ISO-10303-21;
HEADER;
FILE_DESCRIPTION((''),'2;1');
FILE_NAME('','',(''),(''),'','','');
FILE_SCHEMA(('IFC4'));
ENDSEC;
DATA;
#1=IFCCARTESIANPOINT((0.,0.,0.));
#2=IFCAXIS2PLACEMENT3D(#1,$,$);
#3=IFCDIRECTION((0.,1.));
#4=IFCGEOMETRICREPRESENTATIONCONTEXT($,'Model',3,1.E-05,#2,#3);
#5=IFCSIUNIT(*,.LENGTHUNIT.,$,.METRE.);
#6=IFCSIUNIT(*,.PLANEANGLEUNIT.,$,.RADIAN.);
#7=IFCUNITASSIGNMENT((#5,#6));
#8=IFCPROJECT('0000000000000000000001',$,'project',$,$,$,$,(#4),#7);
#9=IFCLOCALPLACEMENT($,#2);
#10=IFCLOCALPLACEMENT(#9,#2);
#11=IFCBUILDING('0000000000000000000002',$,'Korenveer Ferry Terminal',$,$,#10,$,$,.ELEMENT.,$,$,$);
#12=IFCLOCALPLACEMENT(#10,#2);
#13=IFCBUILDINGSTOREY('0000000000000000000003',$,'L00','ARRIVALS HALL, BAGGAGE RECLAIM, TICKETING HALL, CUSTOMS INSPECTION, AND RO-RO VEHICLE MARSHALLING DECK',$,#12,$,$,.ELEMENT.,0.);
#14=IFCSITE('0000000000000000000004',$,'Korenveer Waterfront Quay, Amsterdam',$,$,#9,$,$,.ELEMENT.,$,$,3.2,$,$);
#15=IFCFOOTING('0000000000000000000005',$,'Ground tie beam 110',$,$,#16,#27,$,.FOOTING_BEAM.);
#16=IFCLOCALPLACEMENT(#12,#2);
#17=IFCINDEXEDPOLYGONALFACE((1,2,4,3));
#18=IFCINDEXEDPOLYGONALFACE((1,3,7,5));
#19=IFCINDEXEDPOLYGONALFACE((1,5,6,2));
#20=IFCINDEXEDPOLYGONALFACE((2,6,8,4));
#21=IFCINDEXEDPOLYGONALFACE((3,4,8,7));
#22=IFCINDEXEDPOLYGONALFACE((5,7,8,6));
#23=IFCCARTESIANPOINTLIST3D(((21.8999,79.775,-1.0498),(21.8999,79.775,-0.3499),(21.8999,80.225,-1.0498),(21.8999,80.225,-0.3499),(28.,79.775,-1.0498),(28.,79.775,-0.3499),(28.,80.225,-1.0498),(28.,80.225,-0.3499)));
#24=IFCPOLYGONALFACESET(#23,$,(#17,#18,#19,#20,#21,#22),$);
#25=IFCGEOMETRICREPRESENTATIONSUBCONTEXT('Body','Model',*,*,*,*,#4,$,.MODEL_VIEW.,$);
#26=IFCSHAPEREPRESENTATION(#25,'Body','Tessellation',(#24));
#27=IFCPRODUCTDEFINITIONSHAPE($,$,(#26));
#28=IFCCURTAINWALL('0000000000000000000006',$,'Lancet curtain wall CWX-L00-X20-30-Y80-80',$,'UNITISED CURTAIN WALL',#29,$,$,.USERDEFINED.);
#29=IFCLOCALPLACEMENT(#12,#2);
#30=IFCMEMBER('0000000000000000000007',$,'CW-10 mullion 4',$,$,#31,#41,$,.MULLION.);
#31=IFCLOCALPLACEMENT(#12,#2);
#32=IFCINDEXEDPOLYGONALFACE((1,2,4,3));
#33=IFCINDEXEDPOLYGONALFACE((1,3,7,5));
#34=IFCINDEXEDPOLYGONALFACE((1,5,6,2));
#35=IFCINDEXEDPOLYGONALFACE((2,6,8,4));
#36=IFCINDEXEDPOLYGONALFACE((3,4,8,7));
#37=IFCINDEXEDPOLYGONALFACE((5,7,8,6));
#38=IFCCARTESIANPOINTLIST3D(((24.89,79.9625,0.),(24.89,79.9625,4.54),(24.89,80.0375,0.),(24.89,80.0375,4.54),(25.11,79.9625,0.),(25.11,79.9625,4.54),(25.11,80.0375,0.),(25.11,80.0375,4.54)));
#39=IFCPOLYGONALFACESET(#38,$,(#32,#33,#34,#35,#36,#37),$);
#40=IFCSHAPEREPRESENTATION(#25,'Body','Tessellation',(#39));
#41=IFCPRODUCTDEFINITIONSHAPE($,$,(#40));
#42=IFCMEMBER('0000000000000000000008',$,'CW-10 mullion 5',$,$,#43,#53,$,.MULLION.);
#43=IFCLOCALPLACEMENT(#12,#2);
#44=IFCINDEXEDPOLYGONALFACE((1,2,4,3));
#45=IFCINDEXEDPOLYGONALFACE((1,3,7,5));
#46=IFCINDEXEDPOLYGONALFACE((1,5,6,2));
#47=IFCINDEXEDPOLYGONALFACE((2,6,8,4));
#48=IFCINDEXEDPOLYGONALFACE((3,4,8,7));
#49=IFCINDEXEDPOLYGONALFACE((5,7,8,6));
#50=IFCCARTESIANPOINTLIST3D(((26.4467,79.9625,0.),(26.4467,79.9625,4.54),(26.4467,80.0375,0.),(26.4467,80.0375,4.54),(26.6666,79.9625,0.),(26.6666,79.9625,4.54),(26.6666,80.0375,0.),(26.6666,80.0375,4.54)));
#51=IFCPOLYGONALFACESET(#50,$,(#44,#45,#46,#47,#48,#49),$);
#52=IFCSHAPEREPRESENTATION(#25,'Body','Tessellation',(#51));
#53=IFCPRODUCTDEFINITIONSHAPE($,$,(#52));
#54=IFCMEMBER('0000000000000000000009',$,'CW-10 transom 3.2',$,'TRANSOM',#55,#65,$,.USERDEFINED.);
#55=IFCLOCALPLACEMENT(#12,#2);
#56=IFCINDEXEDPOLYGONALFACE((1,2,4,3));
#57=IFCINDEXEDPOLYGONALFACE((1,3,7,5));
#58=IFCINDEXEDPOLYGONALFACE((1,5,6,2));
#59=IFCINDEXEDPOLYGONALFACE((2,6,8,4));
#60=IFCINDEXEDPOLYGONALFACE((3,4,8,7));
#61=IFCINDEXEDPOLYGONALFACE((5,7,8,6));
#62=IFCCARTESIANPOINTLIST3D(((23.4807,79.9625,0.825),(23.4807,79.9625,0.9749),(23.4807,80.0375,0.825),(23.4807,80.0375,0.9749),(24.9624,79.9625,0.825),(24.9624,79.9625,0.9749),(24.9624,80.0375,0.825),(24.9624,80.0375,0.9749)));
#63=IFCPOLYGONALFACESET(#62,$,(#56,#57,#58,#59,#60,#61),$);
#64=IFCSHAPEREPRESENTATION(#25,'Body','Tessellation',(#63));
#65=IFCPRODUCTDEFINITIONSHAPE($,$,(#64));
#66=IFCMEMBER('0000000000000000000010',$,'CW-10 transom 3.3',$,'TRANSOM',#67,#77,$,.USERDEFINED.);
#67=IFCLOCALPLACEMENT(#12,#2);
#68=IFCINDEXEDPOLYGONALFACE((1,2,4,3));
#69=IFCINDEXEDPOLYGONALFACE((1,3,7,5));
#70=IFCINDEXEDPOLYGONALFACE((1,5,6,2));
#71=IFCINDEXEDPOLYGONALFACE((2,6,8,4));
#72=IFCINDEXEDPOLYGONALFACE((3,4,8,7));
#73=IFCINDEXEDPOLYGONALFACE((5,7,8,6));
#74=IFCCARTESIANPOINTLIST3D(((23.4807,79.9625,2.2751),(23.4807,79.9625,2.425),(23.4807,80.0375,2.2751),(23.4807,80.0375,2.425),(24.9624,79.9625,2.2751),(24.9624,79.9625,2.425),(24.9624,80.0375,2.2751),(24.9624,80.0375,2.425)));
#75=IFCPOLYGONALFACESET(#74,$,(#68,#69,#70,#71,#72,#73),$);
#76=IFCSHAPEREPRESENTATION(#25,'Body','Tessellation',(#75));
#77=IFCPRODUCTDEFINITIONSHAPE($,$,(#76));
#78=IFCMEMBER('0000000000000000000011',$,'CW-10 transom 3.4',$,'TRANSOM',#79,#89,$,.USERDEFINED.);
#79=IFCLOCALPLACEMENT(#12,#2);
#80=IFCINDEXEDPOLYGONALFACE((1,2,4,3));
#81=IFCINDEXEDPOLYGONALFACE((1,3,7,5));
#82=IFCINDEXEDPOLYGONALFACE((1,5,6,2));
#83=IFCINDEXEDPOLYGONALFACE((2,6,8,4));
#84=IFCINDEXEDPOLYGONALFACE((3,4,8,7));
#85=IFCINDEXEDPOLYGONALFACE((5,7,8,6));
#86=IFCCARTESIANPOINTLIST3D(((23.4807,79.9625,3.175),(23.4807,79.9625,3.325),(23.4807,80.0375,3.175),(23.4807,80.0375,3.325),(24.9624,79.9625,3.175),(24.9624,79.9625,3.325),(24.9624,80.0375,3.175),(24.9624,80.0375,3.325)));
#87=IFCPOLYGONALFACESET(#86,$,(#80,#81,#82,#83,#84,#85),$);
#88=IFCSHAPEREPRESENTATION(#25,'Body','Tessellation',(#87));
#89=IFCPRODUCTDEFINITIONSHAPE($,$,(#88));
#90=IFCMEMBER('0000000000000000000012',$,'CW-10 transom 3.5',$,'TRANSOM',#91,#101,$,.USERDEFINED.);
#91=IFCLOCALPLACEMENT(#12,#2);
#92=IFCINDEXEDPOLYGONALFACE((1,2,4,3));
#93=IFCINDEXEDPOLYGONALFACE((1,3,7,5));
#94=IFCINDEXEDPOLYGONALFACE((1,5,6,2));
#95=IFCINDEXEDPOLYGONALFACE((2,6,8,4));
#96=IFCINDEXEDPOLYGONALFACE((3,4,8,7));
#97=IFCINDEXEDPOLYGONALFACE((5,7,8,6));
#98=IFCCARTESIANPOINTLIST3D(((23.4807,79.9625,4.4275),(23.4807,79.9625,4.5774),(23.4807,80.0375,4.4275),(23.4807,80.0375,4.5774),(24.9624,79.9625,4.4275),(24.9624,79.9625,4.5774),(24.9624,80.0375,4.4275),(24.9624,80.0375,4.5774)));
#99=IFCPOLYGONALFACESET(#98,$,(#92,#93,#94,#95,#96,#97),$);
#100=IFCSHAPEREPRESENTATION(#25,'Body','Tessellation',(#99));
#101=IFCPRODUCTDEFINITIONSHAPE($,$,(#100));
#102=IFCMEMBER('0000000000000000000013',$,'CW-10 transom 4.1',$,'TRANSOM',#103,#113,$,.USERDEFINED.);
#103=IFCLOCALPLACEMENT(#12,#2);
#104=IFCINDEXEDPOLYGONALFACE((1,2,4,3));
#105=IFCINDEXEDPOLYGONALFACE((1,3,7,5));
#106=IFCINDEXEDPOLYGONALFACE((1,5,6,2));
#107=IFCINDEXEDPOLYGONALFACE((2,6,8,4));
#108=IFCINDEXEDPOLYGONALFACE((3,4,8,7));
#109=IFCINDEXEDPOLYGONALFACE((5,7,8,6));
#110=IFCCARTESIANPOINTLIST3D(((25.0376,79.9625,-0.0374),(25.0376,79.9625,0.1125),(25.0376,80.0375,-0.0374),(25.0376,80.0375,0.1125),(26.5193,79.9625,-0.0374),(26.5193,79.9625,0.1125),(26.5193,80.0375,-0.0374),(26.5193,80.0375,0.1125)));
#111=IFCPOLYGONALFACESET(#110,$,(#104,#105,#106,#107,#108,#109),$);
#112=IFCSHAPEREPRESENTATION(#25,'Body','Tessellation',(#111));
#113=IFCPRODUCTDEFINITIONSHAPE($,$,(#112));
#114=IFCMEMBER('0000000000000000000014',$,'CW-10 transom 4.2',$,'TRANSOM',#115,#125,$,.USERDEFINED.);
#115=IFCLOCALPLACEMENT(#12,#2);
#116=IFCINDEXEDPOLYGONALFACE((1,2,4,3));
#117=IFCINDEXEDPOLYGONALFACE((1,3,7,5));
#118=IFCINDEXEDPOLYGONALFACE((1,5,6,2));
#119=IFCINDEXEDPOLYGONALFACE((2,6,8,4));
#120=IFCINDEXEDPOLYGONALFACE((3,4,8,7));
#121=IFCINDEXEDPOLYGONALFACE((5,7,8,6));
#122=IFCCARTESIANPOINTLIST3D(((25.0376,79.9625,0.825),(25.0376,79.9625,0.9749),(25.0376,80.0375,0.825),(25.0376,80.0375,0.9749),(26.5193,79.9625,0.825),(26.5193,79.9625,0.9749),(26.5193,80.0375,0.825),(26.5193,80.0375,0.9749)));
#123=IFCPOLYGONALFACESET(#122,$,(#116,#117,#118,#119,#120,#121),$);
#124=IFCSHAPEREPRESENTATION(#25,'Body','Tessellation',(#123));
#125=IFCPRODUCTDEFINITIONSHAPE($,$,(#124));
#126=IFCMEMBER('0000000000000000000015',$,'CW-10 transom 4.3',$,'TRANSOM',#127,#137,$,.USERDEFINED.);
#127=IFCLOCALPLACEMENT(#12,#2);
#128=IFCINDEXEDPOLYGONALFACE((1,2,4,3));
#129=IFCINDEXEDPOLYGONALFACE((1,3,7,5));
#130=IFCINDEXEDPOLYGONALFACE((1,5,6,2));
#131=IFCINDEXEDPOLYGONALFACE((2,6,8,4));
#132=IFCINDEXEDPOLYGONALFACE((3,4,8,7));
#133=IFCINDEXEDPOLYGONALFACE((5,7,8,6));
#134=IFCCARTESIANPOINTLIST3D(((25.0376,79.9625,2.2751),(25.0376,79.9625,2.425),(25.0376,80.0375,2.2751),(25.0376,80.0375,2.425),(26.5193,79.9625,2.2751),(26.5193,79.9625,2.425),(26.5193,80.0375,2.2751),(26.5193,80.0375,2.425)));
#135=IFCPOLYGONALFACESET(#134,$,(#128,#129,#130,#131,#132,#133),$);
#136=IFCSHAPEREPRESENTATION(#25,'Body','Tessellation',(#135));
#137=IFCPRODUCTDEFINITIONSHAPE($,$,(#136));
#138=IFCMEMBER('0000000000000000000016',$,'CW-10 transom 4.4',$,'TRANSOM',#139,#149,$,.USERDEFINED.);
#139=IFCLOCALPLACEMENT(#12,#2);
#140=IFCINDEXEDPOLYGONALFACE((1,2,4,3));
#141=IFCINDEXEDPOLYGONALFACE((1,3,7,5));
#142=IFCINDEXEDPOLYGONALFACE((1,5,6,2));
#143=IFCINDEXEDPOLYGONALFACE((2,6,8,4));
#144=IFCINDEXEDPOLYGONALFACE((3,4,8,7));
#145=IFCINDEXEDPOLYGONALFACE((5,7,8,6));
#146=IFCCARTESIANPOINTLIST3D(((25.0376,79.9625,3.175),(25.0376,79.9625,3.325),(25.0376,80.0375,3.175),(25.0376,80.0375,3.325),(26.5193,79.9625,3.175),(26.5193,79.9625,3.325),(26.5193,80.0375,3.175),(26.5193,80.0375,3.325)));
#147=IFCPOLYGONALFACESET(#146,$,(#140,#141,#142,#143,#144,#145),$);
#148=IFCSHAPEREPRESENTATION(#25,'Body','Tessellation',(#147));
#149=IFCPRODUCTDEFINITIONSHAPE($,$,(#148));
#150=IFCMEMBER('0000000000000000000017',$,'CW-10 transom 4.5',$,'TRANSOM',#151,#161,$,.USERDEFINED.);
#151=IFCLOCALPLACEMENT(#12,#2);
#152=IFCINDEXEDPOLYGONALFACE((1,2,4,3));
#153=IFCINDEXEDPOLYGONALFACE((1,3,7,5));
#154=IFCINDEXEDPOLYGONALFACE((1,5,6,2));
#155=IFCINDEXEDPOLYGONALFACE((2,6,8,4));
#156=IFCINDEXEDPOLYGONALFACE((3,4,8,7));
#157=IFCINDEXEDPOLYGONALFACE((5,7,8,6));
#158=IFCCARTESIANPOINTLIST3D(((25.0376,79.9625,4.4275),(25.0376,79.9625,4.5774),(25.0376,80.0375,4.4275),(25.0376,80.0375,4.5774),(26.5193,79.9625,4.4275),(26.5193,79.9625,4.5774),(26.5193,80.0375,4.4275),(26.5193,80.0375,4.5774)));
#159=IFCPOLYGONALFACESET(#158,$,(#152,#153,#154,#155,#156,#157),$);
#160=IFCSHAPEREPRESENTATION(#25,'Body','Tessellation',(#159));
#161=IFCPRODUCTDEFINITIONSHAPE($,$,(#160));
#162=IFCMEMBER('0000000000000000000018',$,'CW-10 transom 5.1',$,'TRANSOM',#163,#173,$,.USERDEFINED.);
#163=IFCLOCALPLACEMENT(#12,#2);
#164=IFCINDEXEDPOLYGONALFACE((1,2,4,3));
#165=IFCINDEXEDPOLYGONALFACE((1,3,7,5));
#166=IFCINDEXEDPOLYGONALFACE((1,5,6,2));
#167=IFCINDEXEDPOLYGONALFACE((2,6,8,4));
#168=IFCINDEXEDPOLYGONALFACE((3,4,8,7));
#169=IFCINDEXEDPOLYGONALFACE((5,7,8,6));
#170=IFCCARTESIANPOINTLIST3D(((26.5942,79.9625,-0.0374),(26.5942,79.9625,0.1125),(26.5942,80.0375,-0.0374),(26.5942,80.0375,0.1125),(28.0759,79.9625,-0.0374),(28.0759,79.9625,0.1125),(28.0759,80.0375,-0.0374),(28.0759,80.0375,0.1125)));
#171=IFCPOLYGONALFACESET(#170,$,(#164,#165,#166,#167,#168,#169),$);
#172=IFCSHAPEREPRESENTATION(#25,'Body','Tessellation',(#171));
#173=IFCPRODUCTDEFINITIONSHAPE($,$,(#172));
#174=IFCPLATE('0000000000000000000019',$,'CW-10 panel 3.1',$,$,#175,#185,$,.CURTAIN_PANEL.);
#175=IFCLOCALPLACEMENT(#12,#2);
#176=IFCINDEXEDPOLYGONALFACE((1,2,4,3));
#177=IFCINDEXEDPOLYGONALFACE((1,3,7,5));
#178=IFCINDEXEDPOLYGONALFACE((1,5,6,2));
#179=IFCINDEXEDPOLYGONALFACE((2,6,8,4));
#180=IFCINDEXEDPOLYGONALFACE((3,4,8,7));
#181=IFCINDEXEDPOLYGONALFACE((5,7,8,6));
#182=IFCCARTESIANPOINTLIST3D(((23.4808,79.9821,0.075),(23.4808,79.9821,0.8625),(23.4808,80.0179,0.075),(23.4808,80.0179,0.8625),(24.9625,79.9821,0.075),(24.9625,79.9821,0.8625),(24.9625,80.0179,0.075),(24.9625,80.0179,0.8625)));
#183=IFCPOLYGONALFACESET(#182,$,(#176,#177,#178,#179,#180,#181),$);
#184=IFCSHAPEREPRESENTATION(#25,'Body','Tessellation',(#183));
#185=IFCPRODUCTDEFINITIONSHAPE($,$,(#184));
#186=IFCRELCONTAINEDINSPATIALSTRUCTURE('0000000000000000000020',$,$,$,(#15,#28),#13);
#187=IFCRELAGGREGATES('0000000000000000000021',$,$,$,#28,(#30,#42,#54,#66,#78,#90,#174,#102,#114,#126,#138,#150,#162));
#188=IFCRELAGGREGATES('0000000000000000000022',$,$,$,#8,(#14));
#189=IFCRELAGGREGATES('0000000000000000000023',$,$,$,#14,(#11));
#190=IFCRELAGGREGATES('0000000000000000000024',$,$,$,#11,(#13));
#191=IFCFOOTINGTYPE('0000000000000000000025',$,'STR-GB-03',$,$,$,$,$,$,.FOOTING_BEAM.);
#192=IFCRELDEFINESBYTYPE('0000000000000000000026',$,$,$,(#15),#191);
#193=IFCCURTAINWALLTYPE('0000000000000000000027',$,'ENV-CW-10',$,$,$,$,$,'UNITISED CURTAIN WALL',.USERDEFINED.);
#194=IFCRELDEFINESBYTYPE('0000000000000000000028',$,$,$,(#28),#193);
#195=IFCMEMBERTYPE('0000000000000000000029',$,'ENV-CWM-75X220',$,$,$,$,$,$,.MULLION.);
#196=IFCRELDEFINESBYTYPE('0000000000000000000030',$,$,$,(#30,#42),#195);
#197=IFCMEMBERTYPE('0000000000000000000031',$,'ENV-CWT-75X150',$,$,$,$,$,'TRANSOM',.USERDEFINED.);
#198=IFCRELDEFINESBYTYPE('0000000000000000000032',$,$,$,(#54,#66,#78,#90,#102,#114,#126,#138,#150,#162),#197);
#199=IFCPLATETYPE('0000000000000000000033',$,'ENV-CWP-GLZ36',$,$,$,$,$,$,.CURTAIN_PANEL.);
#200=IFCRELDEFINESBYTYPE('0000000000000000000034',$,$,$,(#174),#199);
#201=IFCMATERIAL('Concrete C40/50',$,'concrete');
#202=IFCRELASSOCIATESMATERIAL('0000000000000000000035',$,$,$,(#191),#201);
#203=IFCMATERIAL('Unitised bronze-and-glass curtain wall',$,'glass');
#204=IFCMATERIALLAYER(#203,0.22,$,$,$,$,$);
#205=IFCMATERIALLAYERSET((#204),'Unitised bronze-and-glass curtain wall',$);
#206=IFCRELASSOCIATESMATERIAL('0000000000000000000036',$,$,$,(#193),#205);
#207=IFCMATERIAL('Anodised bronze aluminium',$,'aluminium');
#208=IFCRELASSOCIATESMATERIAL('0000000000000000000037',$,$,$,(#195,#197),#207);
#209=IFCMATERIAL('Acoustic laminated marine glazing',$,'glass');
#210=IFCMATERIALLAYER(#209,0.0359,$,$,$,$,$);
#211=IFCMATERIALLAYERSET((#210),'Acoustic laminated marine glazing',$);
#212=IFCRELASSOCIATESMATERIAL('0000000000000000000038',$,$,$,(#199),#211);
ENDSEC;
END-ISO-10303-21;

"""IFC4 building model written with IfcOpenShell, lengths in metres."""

from ifc_helpers import new_model, si_unit, direction, frame, origin, origin_2d, place, context, subcontext, project, spatial, rectangle, extrude, material, layer, layer_set, material_profile, profile_set, type_object, element, aggregate, save


model = new_model("IFC4")

# Units and contexts
model_context = context("Model", 3, precision=1e-05, world=origin(), true_north=direction((0.0, 1.0)))
body_context = subcontext(model_context, "Body", "Model", "MODEL_VIEW")
ifc_project = project(units=[si_unit("LENGTHUNIT", "METRE"), si_unit("PLANEANGLEUNIT", "RADIAN")], contexts=[model_context])

# Site, building, storey
site_placement = place(None, origin())
site = spatial("IfcSite", under=ifc_project, at=site_placement, Name="Korenveer Waterfront Quay, Amsterdam", CompositionType="ELEMENT", RefElevation=3.2)
building_placement = place(site_placement, origin())
building = spatial("IfcBuilding", under=site, at=building_placement, Name="Korenveer Ferry Terminal", CompositionType="ELEMENT")
storey_placement = place(building_placement, origin())
storey = spatial("IfcBuildingStorey", under=building, at=storey_placement, Name="L00", Description="ARRIVALS HALL, BAGGAGE RECLAIM, TICKETING HALL, CUSTOMS INSPECTION, AND RO-RO VEHICLE MARSHALLING DECK", CompositionType="ELEMENT", Elevation=0.0)

# Footing
ifc_material_1 = material(Name="Concrete C40/50", Category="concrete")
footing_type = type_object("IfcFootingType", Name="STR-GB-03", PredefinedType="FOOTING_BEAM", material=ifc_material_1)
footing_placement = place(storey_placement, frame((24.95, 80.0, -1.0498), z_axis=(0.0, 0.0, 1.0), x_axis=(1.0, 0.0, 0.0)))
element("IfcFooting", 1, at=footing_placement, inside=storey, type_object=footing_type, Name="Ground tie beam 110", PredefinedType="FOOTING_BEAM", context=body_context, shape_type="SweptSolid", body=[
    extrude(rectangle(XDim=6.1001, YDim=0.45, at=origin_2d()), origin(), (0.0, 0.0, 1.0), 0.7),
])

# Curtain wall, members, plate
ifc_material_2 = material(Name="Unitised bronze-and-glass curtain wall", Category="glass")
ifc_layer_1 = layer(ifc_material_2, 0.22)
ifc_layer_set_1 = layer_set([ifc_layer_1], Name="Unitised bronze-and-glass curtain wall")
curtain_wall_type = type_object("IfcCurtainWallType", Name="ENV-CW-10", ElementType="UNITISED CURTAIN WALL", PredefinedType="USERDEFINED", material=ifc_layer_set_1)
curtain_wall_placement = place(storey_placement, frame((20.3301, 80.0, 0.0)))
curtain_wall = element("IfcCurtainWall", 2, at=curtain_wall_placement, inside=storey, type_object=curtain_wall_type, Name="Lancet curtain wall CWX-L00-X20-30-Y80-80", ObjectType="UNITISED CURTAIN WALL", PredefinedType="USERDEFINED")
ifc_material_3 = material(Name="Anodised bronze aluminium", Category="aluminium")
ifc_material_profile_1 = material_profile(ifc_material_3, rectangle(XDim=0.075, YDim=0.22, at=origin_2d()), Name="ALU 75x220")
ifc_profile_set_1 = profile_set([ifc_material_profile_1], Name="Anodised bronze aluminium")
member_type_1 = type_object("IfcMemberType", Name="ENV-CWM-75X220", PredefinedType="MULLION", material=ifc_profile_set_1)
member_1_placement = place(storey_placement, frame((25.0, 80.0, 0.0), z_axis=(0.0, 0.0, 1.0), x_axis=(0.0, 1.0, 0.0)))
member_1 = element("IfcMember", 3, at=member_1_placement, type_object=member_type_1, Name="CW-10 mullion 4", PredefinedType="MULLION", context=body_context, shape_type="SweptSolid", body=[
    extrude(rectangle(XDim=0.075, YDim=0.22, at=origin_2d()), origin(), (0.0, 0.0, 1.0), 4.54),
])
member_2_placement = place(storey_placement, frame((26.5566, 80.0, 0.0), z_axis=(0.0, 0.0, 1.0), x_axis=(0.0, 1.0, 0.0)))
member_2 = element("IfcMember", 4, at=member_2_placement, type_object=member_type_1, Name="CW-10 mullion 5", PredefinedType="MULLION", context=body_context, shape_type="SweptSolid", body=[
    extrude(rectangle(XDim=0.075, YDim=0.22, at=origin_2d()), origin(), (0.0, 0.0, 1.0), 4.54),
])
ifc_material_profile_2 = material_profile(ifc_material_3, rectangle(XDim=0.075, YDim=0.1499, at=origin_2d()), Name="ALU 75x150")
ifc_profile_set_2 = profile_set([ifc_material_profile_2], Name="Anodised bronze aluminium")
member_type_2 = type_object("IfcMemberType", Name="ENV-CWT-75X150", ElementType="TRANSOM", PredefinedType="USERDEFINED", material=ifc_profile_set_2)
member_3_placement = place(storey_placement, frame((23.4807, 80.0, 0.8999), z_axis=(1.0, 0.0, 0.0), x_axis=(0.0, 1.0, 0.0)))
member_3 = element("IfcMember", 5, at=member_3_placement, type_object=member_type_2, Name="CW-10 transom 3.2", ObjectType="TRANSOM", PredefinedType="USERDEFINED", context=body_context, shape_type="SweptSolid", body=[
    extrude(rectangle(XDim=0.075, YDim=0.1499, at=origin_2d()), origin(), (0.0, 0.0, 1.0), 1.4817),
])
member_4_placement = place(storey_placement, frame((23.4807, 80.0, 2.3501), z_axis=(1.0, 0.0, 0.0), x_axis=(0.0, 1.0, 0.0)))
member_4 = element("IfcMember", 6, at=member_4_placement, type_object=member_type_2, Name="CW-10 transom 3.3", ObjectType="TRANSOM", PredefinedType="USERDEFINED", context=body_context, shape_type="SweptSolid", body=[
    extrude(rectangle(XDim=0.075, YDim=0.1499, at=origin_2d()), origin(), (0.0, 0.0, 1.0), 1.4817),
])
member_5_placement = place(storey_placement, frame((23.4807, 80.0, 3.25), z_axis=(1.0, 0.0, 0.0), x_axis=(0.0, 1.0, 0.0)))
member_5 = element("IfcMember", 7, at=member_5_placement, type_object=member_type_2, Name="CW-10 transom 3.4", ObjectType="TRANSOM", PredefinedType="USERDEFINED", context=body_context, shape_type="SweptSolid", body=[
    extrude(rectangle(XDim=0.075, YDim=0.1499, at=origin_2d()), origin(), (0.0, 0.0, 1.0), 1.4817),
])
member_6_placement = place(storey_placement, frame((23.4807, 80.0, 4.5024), z_axis=(1.0, 0.0, 0.0), x_axis=(0.0, 1.0, 0.0)))
member_6 = element("IfcMember", 8, at=member_6_placement, type_object=member_type_2, Name="CW-10 transom 3.5", ObjectType="TRANSOM", PredefinedType="USERDEFINED", context=body_context, shape_type="SweptSolid", body=[
    extrude(rectangle(XDim=0.075, YDim=0.1499, at=origin_2d()), origin(), (0.0, 0.0, 1.0), 1.4817),
])
member_7_placement = place(storey_placement, frame((25.0376, 80.0, 0.0376), z_axis=(1.0, 0.0, 0.0), x_axis=(0.0, 1.0, 0.0)))
member_7 = element("IfcMember", 9, at=member_7_placement, type_object=member_type_2, Name="CW-10 transom 4.1", ObjectType="TRANSOM", PredefinedType="USERDEFINED", context=body_context, shape_type="SweptSolid", body=[
    extrude(rectangle(XDim=0.075, YDim=0.1499, at=origin_2d()), origin(), (0.0, 0.0, 1.0), 1.4817),
])
member_8_placement = place(storey_placement, frame((25.0376, 80.0, 0.8999), z_axis=(1.0, 0.0, 0.0), x_axis=(0.0, 1.0, 0.0)))
member_8 = element("IfcMember", 10, at=member_8_placement, type_object=member_type_2, Name="CW-10 transom 4.2", ObjectType="TRANSOM", PredefinedType="USERDEFINED", context=body_context, shape_type="SweptSolid", body=[
    extrude(rectangle(XDim=0.075, YDim=0.1499, at=origin_2d()), origin(), (0.0, 0.0, 1.0), 1.4817),
])
member_9_placement = place(storey_placement, frame((25.0376, 80.0, 2.3501), z_axis=(1.0, 0.0, 0.0), x_axis=(0.0, 1.0, 0.0)))
member_9 = element("IfcMember", 11, at=member_9_placement, type_object=member_type_2, Name="CW-10 transom 4.3", ObjectType="TRANSOM", PredefinedType="USERDEFINED", context=body_context, shape_type="SweptSolid", body=[
    extrude(rectangle(XDim=0.075, YDim=0.1499, at=origin_2d()), origin(), (0.0, 0.0, 1.0), 1.4817),
])
member_10_placement = place(storey_placement, frame((25.0376, 80.0, 3.25), z_axis=(1.0, 0.0, 0.0), x_axis=(0.0, 1.0, 0.0)))
member_10 = element("IfcMember", 12, at=member_10_placement, type_object=member_type_2, Name="CW-10 transom 4.4", ObjectType="TRANSOM", PredefinedType="USERDEFINED", context=body_context, shape_type="SweptSolid", body=[
    extrude(rectangle(XDim=0.075, YDim=0.1499, at=origin_2d()), origin(), (0.0, 0.0, 1.0), 1.4817),
])
member_11_placement = place(storey_placement, frame((25.0376, 80.0, 4.5024), z_axis=(1.0, 0.0, 0.0), x_axis=(0.0, 1.0, 0.0)))
member_11 = element("IfcMember", 13, at=member_11_placement, type_object=member_type_2, Name="CW-10 transom 4.5", ObjectType="TRANSOM", PredefinedType="USERDEFINED", context=body_context, shape_type="SweptSolid", body=[
    extrude(rectangle(XDim=0.075, YDim=0.1499, at=origin_2d()), origin(), (0.0, 0.0, 1.0), 1.4817),
])
member_12_placement = place(storey_placement, frame((26.5942, 80.0, 0.0376), z_axis=(1.0, 0.0, 0.0), x_axis=(0.0, 1.0, 0.0)))
member_12 = element("IfcMember", 14, at=member_12_placement, type_object=member_type_2, Name="CW-10 transom 5.1", ObjectType="TRANSOM", PredefinedType="USERDEFINED", context=body_context, shape_type="SweptSolid", body=[
    extrude(rectangle(XDim=0.075, YDim=0.1499, at=origin_2d()), origin(), (0.0, 0.0, 1.0), 1.4817),
])
ifc_material_4 = material(Name="Acoustic laminated marine glazing", Category="glass")
ifc_layer_2 = layer(ifc_material_4, 0.0359)
ifc_layer_set_2 = layer_set([ifc_layer_2], Name="Acoustic laminated marine glazing")
plate_type = type_object("IfcPlateType", Name="ENV-CWP-GLZ36", PredefinedType="CURTAIN_PANEL", material=ifc_layer_set_2)
plate_1_placement = place(storey_placement, frame((24.2217, 80.0, 0.075), z_axis=(0.0, 0.0, 1.0), x_axis=(1.0, 0.0, 0.0)))
plate_1 = element("IfcPlate", 15, at=plate_1_placement, type_object=plate_type, Name="CW-10 panel 3.1", PredefinedType="CURTAIN_PANEL", context=body_context, shape_type="SweptSolid", body=[
    extrude(rectangle(XDim=1.4817, YDim=0.0359, at=origin_2d()), origin(), (0.0, 0.0, 1.0), 0.7876),
])
aggregate(curtain_wall, [member_1, member_2, member_3, member_4, member_5, member_6, plate_1, member_7, member_8, member_9, member_10, member_11, member_12])

save(model, "model.ifc")
